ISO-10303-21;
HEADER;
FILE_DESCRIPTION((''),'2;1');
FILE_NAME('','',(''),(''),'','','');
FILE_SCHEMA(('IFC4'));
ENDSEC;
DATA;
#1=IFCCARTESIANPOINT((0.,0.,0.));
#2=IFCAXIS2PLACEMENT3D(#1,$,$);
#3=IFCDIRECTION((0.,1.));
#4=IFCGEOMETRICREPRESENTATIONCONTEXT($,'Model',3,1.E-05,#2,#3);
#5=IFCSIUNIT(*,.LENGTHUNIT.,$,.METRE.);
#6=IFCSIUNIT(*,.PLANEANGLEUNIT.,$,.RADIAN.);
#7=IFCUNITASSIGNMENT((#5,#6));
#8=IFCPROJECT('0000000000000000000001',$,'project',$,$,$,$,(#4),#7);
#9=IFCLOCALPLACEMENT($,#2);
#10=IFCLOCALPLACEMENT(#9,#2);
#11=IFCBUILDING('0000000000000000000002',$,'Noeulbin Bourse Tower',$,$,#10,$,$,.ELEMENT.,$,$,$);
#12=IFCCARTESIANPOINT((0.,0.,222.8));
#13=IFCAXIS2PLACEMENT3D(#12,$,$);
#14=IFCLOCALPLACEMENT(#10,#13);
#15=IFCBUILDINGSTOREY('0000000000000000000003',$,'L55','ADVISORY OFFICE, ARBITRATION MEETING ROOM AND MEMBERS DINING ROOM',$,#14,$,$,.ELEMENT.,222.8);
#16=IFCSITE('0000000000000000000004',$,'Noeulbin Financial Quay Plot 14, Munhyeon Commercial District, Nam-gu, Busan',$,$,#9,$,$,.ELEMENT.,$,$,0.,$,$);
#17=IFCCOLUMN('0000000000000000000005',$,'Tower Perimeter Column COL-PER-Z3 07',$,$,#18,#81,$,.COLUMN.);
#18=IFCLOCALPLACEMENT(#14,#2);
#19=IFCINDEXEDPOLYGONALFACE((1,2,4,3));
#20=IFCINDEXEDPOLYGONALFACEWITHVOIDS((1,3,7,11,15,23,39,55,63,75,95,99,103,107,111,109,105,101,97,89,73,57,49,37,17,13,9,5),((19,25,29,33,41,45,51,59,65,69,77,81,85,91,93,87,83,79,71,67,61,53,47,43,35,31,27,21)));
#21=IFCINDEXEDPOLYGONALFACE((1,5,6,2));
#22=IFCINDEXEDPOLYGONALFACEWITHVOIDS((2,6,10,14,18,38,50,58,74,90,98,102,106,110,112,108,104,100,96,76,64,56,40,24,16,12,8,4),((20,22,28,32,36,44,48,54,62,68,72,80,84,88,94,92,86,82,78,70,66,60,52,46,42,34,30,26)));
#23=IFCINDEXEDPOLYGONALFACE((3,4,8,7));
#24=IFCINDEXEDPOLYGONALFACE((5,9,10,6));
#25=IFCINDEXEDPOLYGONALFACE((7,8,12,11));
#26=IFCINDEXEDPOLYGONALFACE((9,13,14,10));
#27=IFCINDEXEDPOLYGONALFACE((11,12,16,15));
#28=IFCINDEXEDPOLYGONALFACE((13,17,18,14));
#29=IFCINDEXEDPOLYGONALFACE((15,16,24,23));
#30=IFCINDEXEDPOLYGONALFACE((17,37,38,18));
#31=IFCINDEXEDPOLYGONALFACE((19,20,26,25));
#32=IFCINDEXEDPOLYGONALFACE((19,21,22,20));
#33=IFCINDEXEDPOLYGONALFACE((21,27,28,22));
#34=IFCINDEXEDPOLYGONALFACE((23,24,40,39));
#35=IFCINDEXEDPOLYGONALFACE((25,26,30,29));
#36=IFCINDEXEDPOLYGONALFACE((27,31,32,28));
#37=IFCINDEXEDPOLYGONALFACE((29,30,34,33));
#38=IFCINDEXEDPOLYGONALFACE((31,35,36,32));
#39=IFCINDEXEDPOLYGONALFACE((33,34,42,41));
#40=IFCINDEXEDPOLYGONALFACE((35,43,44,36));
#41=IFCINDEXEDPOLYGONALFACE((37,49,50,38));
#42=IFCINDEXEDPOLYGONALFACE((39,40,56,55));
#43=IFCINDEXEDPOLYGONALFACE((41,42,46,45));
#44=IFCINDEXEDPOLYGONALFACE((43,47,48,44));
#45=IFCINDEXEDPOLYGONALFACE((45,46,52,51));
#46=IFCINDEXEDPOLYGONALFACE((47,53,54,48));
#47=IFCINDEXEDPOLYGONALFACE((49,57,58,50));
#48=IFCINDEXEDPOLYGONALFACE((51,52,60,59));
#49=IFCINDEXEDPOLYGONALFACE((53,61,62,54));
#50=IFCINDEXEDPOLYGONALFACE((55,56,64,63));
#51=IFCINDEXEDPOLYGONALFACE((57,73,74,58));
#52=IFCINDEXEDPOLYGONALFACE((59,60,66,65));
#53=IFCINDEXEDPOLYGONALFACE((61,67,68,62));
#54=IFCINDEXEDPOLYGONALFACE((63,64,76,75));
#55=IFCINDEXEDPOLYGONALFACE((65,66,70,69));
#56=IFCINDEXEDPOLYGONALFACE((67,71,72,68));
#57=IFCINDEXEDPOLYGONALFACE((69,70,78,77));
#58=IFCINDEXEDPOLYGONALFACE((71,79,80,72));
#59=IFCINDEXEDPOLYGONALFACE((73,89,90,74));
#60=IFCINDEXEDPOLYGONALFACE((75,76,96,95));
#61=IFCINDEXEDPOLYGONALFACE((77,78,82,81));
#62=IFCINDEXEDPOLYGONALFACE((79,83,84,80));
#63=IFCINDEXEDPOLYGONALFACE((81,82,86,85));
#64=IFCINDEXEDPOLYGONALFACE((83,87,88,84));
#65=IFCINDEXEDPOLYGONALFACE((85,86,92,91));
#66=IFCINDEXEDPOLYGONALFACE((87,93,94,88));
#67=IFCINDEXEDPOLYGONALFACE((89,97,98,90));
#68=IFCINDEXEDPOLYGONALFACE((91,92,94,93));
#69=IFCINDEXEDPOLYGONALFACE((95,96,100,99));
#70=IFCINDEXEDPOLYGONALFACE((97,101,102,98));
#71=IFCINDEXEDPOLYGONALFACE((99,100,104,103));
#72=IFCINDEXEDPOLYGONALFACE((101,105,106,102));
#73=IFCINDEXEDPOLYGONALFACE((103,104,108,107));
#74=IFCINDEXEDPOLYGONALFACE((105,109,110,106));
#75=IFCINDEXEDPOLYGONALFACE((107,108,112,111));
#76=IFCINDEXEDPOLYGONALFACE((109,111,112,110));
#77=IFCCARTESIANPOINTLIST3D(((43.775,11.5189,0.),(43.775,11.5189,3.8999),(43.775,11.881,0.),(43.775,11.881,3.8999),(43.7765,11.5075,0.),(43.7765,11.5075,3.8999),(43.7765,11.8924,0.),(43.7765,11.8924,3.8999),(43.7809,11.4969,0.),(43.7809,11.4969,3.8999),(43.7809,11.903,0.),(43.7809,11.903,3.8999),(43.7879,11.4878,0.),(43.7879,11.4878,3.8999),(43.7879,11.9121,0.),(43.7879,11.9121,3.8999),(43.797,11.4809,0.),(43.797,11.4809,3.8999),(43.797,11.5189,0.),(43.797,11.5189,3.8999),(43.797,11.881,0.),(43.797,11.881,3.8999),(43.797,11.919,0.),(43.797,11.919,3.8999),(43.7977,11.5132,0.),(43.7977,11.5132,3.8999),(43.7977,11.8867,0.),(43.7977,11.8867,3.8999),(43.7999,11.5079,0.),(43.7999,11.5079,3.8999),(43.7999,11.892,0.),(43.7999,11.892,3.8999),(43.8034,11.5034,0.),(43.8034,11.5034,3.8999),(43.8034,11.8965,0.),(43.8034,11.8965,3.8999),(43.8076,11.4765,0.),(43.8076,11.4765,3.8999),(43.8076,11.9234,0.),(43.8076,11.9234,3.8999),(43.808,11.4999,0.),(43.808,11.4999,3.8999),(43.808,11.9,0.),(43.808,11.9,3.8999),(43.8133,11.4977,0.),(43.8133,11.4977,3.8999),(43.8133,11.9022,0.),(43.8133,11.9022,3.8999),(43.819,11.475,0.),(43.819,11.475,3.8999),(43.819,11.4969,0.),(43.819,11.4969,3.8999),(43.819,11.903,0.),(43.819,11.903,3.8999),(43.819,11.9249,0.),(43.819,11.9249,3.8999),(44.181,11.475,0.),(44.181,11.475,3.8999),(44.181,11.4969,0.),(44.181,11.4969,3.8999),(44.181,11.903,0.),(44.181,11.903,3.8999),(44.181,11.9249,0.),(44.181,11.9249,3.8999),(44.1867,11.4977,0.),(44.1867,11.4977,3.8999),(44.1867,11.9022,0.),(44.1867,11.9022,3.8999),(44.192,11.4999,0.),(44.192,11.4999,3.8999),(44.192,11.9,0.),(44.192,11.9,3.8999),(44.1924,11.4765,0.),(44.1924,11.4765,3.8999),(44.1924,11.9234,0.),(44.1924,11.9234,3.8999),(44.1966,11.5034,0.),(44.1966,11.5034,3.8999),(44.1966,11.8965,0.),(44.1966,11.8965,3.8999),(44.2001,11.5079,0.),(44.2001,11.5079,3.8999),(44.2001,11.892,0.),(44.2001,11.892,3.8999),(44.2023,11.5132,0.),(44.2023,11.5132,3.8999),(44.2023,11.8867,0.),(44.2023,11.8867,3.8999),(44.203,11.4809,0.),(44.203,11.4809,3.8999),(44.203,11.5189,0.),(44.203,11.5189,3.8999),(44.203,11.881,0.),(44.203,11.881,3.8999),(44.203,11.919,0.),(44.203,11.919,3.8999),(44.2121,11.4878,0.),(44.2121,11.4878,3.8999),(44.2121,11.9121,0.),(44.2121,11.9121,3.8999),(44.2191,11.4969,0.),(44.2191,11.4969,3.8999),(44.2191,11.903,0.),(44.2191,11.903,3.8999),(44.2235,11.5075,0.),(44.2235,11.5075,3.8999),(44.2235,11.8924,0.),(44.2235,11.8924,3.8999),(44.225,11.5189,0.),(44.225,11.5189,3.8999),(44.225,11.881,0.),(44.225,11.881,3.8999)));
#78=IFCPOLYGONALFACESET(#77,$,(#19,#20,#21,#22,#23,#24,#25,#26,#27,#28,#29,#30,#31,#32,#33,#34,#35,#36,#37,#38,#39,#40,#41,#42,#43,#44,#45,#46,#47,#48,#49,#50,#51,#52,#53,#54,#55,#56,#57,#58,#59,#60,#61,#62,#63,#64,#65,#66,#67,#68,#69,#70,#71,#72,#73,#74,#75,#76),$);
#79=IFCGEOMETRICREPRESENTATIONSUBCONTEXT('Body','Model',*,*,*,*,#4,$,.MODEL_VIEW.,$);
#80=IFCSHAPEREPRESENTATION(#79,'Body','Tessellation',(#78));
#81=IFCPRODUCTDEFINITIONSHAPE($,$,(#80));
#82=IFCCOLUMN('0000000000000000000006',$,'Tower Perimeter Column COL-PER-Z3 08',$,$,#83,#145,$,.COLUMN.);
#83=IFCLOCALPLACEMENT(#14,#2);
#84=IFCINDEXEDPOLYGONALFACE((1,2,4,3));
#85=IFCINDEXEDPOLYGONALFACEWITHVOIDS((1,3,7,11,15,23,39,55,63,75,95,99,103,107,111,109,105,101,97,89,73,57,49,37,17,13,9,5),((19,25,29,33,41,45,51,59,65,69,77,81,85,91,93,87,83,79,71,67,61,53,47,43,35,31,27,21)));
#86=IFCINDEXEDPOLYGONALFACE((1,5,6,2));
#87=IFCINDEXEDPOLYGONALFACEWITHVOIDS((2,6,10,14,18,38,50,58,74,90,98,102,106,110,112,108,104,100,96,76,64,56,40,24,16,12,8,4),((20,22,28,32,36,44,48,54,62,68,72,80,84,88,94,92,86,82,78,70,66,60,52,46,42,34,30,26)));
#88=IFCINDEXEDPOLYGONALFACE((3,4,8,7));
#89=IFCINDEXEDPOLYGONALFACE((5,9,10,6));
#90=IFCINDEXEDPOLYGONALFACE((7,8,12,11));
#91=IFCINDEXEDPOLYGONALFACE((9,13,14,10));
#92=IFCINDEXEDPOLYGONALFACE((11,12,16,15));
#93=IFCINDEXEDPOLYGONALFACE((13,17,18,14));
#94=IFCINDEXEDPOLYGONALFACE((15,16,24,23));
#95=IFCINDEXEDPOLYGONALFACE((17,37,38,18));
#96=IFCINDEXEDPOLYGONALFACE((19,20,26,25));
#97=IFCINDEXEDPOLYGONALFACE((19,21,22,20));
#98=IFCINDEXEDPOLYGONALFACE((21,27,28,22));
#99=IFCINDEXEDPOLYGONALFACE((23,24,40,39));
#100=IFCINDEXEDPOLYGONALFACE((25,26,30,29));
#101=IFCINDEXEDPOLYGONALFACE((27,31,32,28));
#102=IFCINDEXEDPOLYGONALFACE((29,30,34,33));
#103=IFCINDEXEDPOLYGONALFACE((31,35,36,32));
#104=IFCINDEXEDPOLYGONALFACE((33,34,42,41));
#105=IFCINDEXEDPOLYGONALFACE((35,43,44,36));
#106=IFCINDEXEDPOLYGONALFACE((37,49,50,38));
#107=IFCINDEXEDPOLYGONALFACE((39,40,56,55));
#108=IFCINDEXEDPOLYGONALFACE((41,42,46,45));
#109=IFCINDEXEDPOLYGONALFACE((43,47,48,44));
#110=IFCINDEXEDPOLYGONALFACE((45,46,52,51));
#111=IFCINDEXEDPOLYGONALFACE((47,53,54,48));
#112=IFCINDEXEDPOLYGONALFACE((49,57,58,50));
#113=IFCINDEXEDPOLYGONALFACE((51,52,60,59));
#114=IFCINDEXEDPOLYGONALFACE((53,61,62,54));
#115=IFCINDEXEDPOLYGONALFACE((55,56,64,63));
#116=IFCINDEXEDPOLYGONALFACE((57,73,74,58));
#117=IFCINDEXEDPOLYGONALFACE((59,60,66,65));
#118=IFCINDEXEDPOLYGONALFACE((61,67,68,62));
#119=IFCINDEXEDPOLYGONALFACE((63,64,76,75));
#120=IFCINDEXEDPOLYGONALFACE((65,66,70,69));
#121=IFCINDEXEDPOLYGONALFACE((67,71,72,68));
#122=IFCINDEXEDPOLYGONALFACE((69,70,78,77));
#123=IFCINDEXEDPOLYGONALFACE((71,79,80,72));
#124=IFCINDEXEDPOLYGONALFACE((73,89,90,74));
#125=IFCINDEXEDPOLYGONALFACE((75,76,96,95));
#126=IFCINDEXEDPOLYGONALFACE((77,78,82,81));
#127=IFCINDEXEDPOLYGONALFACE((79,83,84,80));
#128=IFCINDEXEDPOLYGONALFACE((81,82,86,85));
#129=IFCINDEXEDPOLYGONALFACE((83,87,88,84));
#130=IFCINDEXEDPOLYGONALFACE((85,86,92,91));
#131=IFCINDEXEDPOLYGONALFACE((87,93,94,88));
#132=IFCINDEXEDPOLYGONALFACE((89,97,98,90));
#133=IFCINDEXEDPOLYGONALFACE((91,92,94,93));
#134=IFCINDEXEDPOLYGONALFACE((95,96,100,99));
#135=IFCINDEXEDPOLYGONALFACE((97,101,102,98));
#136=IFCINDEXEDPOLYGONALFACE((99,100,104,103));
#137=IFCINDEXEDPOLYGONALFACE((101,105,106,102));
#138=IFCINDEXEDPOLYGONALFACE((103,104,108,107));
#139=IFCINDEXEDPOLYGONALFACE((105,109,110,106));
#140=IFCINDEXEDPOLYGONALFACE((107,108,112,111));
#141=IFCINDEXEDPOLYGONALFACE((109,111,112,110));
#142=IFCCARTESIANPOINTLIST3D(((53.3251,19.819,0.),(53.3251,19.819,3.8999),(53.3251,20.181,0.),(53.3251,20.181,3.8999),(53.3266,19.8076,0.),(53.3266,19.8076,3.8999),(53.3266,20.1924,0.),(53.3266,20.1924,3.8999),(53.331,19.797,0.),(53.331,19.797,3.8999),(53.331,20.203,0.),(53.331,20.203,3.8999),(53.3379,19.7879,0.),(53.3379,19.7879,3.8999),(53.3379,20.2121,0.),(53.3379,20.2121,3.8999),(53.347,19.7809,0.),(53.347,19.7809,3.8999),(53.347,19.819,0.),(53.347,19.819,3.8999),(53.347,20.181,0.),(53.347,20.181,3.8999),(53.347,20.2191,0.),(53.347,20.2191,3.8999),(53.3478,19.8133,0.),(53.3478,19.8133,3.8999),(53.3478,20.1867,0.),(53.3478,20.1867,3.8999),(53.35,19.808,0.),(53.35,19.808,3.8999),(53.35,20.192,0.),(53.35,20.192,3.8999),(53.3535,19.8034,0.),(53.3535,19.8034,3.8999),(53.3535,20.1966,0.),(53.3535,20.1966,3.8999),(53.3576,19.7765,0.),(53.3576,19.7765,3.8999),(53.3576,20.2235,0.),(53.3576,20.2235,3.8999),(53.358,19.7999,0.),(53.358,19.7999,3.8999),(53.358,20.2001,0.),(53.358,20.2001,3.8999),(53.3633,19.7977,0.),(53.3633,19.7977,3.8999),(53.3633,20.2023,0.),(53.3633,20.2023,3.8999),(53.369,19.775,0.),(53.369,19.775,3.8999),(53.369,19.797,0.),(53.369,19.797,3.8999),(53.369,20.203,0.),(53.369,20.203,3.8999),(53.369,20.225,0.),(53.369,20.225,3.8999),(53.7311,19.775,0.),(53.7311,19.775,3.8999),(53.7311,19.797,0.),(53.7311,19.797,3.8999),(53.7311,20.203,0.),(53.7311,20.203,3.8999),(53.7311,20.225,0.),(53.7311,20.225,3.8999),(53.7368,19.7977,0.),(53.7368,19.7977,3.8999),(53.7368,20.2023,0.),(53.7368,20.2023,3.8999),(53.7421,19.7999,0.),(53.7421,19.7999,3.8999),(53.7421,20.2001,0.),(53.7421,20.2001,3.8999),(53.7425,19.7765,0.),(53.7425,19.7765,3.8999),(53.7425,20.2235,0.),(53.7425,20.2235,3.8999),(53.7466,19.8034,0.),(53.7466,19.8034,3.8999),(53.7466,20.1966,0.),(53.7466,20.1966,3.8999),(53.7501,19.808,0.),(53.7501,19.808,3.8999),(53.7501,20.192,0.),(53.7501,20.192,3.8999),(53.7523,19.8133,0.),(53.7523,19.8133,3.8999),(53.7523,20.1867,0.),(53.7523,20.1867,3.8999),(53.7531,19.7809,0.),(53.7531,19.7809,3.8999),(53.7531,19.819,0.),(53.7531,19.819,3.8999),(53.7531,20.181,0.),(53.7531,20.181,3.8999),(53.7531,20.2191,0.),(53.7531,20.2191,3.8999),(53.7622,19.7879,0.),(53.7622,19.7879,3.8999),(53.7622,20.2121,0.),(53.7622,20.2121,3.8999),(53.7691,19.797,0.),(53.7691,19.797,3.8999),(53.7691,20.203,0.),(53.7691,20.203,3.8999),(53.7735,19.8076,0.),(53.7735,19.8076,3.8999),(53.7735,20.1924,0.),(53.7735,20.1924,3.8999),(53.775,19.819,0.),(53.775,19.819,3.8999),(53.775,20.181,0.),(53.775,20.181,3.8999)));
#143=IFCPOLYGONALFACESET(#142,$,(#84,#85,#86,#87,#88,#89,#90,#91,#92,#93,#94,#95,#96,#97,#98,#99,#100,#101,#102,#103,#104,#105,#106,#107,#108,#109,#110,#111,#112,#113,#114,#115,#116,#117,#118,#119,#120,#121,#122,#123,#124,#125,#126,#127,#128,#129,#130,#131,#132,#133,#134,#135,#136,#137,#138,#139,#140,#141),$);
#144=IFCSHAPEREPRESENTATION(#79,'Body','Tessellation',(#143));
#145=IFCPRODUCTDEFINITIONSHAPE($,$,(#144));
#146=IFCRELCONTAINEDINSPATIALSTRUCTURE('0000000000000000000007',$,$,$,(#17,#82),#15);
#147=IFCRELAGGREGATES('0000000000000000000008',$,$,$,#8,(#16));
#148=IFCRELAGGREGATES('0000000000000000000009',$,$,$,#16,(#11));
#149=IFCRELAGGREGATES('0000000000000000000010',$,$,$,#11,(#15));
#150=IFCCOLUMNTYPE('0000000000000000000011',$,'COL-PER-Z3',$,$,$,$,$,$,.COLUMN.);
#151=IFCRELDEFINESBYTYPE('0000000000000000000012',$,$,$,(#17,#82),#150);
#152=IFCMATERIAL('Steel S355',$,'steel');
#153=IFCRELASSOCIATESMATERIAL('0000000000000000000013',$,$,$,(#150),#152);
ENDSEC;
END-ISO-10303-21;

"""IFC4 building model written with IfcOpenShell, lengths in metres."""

from ifc_helpers import new_model, si_unit, direction, frame, origin, origin_2d, place, context, subcontext, project, spatial, hollow_rectangle, extrude, material, material_profile, profile_set, type_object, element, save


model = new_model("IFC4")

# Units and contexts
model_context = context("Model", 3, precision=1e-05, world=origin(), true_north=direction((0.0, 1.0)))
body_context = subcontext(model_context, "Body", "Model", "MODEL_VIEW")
ifc_project = project(units=[si_unit("LENGTHUNIT", "METRE"), si_unit("PLANEANGLEUNIT", "RADIAN")], contexts=[model_context])

# Site, building, storey
site_placement = place(None, origin())
site = spatial("IfcSite", under=ifc_project, at=site_placement, Name="Noeulbin Financial Quay Plot 14, Munhyeon Commercial District, Nam-gu, Busan", CompositionType="ELEMENT", RefElevation=0.0)
building_placement = place(site_placement, origin())
building = spatial("IfcBuilding", under=site, at=building_placement, Name="Noeulbin Bourse Tower", CompositionType="ELEMENT")
storey_placement = place(building_placement, frame((0.0, 0.0, 222.8)))
storey = spatial("IfcBuildingStorey", under=building, at=storey_placement, Name="L55", Description="ADVISORY OFFICE, ARBITRATION MEETING ROOM AND MEMBERS DINING ROOM", CompositionType="ELEMENT", Elevation=222.8)

# Columns
ifc_material_1 = material(Name="Steel S355", Category="steel")
ifc_material_profile_1 = material_profile(ifc_material_1, hollow_rectangle(XDim=0.45, YDim=0.45, WallThickness=0.022, InnerFilletRadius=0.022, OuterFilletRadius=0.0439, at=origin_2d()), Name="SHS-450x450x22", Category="LoadBearing")
ifc_profile_set_1 = profile_set([ifc_material_profile_1], Name="Steel S355")
column_type_1 = type_object("IfcColumnType", Name="COL-PER-Z3", PredefinedType="COLUMN", material=ifc_profile_set_1)
for number, where, z_axis, x_axis, name in (
    (1, (44.0, 11.7, 0.0), (0.0, 0.0, 1.0), (1.0, 0.0, 0.0), "Tower Perimeter Column COL-PER-Z3 07"),
    (2, (53.55, 20.0, 0.0), (0.0, 0.0, 1.0), (1.0, 0.0, 0.0), "Tower Perimeter Column COL-PER-Z3 08"),
):
    element("IfcColumn", number, at=place(storey_placement, frame(where, z_axis=z_axis, x_axis=x_axis)), inside=storey, type_object=column_type_1, Name=name, PredefinedType="COLUMN", context=body_context, shape_type="SweptSolid", body=[
        extrude(hollow_rectangle(XDim=0.45, YDim=0.45, WallThickness=0.022, InnerFilletRadius=0.022, OuterFilletRadius=0.0439, at=origin_2d()), origin(), (0.0, 0.0, 1.0), 3.8999),
    ])

save(model, "model.ifc")
